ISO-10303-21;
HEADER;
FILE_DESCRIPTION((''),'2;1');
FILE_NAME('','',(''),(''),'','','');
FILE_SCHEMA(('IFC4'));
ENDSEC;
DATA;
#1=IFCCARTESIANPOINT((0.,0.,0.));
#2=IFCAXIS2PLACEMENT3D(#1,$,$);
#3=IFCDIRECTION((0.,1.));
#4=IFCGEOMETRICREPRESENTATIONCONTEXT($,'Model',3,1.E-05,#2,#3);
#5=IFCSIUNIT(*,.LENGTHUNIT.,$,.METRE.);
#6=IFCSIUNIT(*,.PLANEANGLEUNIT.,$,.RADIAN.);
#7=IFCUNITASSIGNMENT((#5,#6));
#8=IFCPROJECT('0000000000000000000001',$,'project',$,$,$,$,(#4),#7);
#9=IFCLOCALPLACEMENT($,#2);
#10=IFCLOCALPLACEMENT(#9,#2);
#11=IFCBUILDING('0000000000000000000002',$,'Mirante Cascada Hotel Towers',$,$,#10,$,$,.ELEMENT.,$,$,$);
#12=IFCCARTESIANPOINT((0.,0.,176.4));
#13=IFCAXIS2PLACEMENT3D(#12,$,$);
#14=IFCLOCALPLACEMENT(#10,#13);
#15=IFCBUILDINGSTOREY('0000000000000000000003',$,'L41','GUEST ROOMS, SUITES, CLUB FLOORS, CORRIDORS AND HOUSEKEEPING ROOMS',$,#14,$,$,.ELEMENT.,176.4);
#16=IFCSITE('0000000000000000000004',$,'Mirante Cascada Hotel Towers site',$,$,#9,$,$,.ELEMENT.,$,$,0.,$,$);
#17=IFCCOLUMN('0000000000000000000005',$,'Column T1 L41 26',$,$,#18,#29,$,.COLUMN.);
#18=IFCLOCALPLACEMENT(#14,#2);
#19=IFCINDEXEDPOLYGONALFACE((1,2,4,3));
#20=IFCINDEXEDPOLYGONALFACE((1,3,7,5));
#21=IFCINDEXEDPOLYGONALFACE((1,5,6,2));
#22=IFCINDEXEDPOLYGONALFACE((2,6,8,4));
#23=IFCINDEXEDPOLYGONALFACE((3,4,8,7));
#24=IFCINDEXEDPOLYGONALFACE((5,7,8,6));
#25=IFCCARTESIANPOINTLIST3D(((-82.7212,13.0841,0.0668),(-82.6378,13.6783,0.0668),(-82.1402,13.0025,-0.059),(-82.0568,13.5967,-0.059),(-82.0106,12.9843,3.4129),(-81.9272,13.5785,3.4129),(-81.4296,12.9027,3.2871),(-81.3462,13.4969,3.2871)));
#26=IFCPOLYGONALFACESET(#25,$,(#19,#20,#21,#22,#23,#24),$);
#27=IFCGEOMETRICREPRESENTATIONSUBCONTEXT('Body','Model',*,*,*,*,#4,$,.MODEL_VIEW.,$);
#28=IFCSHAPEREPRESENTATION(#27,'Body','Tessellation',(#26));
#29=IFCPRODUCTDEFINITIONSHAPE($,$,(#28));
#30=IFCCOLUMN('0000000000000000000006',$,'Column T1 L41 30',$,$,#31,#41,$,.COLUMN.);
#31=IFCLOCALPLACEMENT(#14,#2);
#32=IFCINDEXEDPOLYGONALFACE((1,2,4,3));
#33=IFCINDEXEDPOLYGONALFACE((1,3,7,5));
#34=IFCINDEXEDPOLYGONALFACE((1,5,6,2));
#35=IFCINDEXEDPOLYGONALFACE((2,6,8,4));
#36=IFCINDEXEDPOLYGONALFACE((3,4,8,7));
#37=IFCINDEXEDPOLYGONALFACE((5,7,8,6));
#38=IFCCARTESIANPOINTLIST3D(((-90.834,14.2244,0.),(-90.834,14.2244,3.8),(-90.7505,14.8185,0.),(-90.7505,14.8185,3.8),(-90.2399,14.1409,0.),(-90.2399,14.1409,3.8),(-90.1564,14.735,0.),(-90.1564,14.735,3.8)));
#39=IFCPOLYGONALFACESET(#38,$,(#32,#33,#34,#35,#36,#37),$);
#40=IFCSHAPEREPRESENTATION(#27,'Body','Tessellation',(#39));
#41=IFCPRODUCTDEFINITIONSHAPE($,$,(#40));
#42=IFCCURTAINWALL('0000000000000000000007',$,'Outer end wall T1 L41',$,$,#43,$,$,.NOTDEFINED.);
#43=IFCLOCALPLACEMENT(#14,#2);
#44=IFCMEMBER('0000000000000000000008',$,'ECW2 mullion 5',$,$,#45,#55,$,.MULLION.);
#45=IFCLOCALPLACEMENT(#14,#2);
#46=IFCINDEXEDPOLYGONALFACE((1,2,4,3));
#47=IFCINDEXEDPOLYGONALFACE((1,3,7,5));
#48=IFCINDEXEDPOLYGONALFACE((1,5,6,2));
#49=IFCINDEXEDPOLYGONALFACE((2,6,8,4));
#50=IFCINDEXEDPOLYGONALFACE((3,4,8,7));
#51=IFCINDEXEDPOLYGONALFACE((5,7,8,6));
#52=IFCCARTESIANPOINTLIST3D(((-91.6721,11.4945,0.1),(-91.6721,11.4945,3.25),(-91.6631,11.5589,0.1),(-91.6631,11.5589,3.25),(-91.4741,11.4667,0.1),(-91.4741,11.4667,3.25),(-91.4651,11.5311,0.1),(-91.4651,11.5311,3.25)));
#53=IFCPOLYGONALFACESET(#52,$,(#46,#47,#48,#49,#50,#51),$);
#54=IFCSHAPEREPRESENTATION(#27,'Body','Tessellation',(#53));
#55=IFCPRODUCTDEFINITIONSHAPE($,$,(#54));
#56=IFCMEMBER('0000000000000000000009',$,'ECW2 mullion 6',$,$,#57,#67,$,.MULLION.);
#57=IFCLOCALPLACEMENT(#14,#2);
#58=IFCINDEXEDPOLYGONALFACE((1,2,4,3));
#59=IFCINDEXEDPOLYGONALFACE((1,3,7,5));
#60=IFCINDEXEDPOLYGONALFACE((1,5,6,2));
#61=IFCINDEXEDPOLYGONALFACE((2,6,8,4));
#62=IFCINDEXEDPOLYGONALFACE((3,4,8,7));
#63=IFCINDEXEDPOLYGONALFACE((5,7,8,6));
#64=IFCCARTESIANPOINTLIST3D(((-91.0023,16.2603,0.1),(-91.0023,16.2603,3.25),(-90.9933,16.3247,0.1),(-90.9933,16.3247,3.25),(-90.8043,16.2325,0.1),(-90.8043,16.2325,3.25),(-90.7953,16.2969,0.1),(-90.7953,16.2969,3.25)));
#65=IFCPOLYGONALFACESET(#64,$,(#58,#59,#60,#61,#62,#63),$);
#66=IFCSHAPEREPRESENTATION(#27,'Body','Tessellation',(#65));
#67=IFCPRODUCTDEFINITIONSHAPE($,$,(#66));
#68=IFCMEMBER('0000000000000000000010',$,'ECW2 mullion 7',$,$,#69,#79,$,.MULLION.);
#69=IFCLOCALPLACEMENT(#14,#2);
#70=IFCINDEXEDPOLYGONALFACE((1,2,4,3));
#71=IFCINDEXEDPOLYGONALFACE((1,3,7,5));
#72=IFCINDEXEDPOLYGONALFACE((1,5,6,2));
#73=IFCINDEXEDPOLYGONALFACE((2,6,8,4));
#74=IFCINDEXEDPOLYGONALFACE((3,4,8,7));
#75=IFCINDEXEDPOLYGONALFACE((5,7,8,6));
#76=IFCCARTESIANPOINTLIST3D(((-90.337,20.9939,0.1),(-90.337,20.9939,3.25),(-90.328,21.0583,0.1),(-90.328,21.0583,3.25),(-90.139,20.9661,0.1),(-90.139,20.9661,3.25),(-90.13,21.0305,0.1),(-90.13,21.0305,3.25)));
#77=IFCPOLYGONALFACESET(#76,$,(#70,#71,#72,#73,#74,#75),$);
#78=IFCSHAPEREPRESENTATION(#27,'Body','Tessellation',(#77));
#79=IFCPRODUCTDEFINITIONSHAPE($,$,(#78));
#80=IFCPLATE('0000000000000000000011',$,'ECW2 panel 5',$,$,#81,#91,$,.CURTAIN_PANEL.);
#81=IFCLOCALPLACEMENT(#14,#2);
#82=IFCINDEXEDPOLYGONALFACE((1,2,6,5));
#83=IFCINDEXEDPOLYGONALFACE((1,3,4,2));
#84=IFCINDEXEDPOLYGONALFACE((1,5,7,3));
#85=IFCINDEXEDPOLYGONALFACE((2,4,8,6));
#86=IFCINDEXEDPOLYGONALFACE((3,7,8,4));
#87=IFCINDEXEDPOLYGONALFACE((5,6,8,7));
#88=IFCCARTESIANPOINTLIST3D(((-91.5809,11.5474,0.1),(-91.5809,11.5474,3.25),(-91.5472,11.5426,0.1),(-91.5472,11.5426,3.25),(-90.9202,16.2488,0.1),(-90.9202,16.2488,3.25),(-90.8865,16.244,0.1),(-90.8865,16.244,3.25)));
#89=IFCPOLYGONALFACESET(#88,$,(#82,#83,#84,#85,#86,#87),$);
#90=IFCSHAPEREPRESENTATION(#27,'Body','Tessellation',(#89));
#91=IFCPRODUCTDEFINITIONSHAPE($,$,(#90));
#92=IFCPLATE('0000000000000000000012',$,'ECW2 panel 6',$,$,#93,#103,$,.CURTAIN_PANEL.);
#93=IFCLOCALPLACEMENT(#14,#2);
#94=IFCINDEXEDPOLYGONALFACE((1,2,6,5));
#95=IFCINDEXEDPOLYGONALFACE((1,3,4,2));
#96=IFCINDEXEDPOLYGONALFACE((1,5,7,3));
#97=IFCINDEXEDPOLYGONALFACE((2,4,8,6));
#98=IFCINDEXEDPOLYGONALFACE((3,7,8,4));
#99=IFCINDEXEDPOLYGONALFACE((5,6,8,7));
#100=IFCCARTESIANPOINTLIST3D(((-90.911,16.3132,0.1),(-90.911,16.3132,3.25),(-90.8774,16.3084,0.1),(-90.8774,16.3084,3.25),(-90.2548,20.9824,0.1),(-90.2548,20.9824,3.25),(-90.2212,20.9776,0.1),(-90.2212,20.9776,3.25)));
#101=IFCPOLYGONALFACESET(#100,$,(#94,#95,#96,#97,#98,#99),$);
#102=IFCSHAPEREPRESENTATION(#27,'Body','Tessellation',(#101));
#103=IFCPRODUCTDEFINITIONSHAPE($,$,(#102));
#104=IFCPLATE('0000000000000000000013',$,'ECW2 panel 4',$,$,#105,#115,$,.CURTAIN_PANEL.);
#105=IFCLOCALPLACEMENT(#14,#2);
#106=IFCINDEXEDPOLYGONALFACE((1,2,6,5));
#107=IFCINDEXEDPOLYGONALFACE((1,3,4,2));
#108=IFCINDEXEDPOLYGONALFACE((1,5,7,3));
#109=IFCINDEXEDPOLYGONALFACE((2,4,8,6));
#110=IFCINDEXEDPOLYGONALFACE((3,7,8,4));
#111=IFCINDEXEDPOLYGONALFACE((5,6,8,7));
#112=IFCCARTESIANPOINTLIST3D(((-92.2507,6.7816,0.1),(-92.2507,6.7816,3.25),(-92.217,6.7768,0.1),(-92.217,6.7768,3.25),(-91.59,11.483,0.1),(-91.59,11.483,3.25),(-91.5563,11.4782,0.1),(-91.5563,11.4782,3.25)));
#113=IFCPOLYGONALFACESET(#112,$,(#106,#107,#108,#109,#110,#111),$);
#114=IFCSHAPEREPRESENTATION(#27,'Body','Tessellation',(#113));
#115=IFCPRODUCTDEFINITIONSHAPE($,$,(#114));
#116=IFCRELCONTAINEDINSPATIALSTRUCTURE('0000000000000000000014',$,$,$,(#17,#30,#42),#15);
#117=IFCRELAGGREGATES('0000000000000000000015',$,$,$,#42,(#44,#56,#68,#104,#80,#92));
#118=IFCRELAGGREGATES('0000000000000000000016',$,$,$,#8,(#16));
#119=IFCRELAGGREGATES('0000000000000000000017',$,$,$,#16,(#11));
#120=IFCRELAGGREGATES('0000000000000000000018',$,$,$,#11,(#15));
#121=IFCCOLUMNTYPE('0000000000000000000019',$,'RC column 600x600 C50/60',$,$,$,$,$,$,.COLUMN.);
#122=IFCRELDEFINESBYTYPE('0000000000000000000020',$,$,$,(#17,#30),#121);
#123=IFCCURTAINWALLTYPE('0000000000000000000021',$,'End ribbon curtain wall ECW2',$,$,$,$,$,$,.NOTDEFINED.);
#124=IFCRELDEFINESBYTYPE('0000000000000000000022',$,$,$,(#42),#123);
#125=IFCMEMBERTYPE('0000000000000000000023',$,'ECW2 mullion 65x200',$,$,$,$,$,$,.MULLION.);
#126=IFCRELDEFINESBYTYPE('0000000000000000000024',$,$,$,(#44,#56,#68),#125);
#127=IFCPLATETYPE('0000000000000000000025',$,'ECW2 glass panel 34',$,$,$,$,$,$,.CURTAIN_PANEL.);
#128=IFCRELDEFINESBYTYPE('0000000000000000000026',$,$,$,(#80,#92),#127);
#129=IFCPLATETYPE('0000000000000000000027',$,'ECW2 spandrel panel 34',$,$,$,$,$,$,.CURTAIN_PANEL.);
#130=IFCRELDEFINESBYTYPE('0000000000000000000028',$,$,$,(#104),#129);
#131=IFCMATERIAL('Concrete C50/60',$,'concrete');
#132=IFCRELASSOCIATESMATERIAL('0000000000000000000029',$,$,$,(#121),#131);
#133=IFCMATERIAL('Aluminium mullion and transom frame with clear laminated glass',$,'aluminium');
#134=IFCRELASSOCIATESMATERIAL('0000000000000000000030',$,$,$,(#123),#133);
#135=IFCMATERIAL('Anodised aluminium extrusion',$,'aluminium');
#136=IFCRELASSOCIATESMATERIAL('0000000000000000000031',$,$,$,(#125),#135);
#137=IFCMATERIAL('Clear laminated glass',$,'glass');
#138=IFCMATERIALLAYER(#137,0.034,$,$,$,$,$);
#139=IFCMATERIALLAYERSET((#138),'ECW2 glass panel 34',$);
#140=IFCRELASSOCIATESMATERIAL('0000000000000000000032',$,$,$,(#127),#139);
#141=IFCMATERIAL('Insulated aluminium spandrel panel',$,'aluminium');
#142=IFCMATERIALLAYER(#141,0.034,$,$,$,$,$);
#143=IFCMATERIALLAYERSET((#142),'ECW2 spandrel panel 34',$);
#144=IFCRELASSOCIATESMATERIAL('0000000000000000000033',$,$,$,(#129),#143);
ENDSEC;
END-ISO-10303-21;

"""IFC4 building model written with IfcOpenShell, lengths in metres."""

from ifc_helpers import new_model, si_unit, direction, frame, origin, origin_2d, place, context, subcontext, project, spatial, rectangle, extrude, material, layer, layer_set, material_profile, profile_set, type_object, element, aggregate, save


model = new_model("IFC4")

# Units and contexts
model_context = context("Model", 3, precision=1e-05, world=origin(), true_north=direction((0.0, 1.0)))
body_context = subcontext(model_context, "Body", "Model", "MODEL_VIEW")
ifc_project = project(units=[si_unit("LENGTHUNIT", "METRE"), si_unit("PLANEANGLEUNIT", "RADIAN")], contexts=[model_context])

# Site, building, storey
site_placement = place(None, origin())
site = spatial("IfcSite", under=ifc_project, at=site_placement, Name="Mirante Cascada Hotel Towers site", CompositionType="ELEMENT", RefElevation=0.0)
building_placement = place(site_placement, origin())
building = spatial("IfcBuilding", under=site, at=building_placement, Name="Mirante Cascada Hotel Towers", CompositionType="ELEMENT")
storey_placement = place(building_placement, frame((0.0, 0.0, 176.4)))
storey = spatial("IfcBuildingStorey", under=building, at=storey_placement, Name="L41", Description="GUEST ROOMS, SUITES, CLUB FLOORS, CORRIDORS AND HOUSEKEEPING ROOMS", CompositionType="ELEMENT", Elevation=176.4)

# Columns
ifc_material_1 = material(Name="Concrete C50/60", Category="concrete")
ifc_material_profile_1 = material_profile(ifc_material_1, rectangle(XDim=0.6, YDim=0.6, at=origin_2d()), Name="RC column 600x600 C50/60")
ifc_profile_set_1 = profile_set([ifc_material_profile_1], Name="Concrete C50/60")
column_type = type_object("IfcColumnType", Name="RC column 600x600 C50/60", PredefinedType="COLUMN", material=ifc_profile_set_1)
column_1_placement = place(storey_placement, frame((-82.389, 13.3404, 0.0039), z_axis=(0.207646, -0.029163, 0.977769), x_axis=(0.13908, 0.990281, 0.0)))
element("IfcColumn", 1, at=column_1_placement, inside=storey, type_object=column_type, Name="Column T1 L41 26", PredefinedType="COLUMN", context=body_context, shape_type="SweptSolid", body=[
    extrude(rectangle(XDim=0.6, YDim=0.6, at=origin_2d()), origin(), (0.0, 0.0, 1.0), 3.4222),
])
column_2_placement = place(storey_placement, frame((-90.4952, 14.4797, 0.0), z_axis=(0.0, 0.0, 1.0), x_axis=(-0.990268, 0.139173, 0.0)))
element("IfcColumn", 2, at=column_2_placement, inside=storey, type_object=column_type, Name="Column T1 L41 30", PredefinedType="COLUMN", context=body_context, shape_type="SweptSolid", body=[
    extrude(rectangle(XDim=0.6, YDim=0.6, at=origin_2d()), origin(), (0.0, 0.0, 1.0), 3.8),
])

# Curtain wall, members, plates
ifc_material_2 = material(Name="Aluminium mullion and transom frame with clear laminated glass", Category="aluminium")
curtain_wall_type = type_object("IfcCurtainWallType", Name="End ribbon curtain wall ECW2", PredefinedType="NOTDEFINED", material=ifc_material_2)
curtain_wall_placement = place(storey_placement, origin())
curtain_wall = element("IfcCurtainWall", 3, at=curtain_wall_placement, inside=storey, type_object=curtain_wall_type, Name="Outer end wall T1 L41", PredefinedType="NOTDEFINED")
ifc_material_3 = material(Name="Anodised aluminium extrusion", Category="aluminium")
ifc_material_profile_2 = material_profile(ifc_material_3, rectangle(XDim=0.2, YDim=0.065, at=origin_2d()), Name="ECW2 MULLION 65x200")
ifc_profile_set_2 = profile_set([ifc_material_profile_2], Name="Anodised aluminium extrusion")
member_type = type_object("IfcMemberType", Name="ECW2 mullion 65x200", PredefinedType="MULLION", material=ifc_profile_set_2)
member_1_placement = place(storey_placement, frame((-91.5686, 11.5128, 0.1), z_axis=(0.0, 0.0, 1.0), x_axis=(-0.990268, 0.139173, 0.0)))
member_1 = element("IfcMember", 4, at=member_1_placement, type_object=member_type, Name="ECW2 mullion 5", PredefinedType="MULLION", context=body_context, shape_type="SweptSolid", body=[
    extrude(rectangle(XDim=0.2, YDim=0.065, at=origin_2d()), origin(), (0.0, 0.0, 1.0), 3.15),
])
member_2_placement = place(storey_placement, frame((-90.8988, 16.2786, 0.1), z_axis=(0.0, 0.0, 1.0), x_axis=(-0.990268, 0.139173, 0.0)))
member_2 = element("IfcMember", 5, at=member_2_placement, type_object=member_type, Name="ECW2 mullion 6", PredefinedType="MULLION", context=body_context, shape_type="SweptSolid", body=[
    extrude(rectangle(XDim=0.2, YDim=0.065, at=origin_2d()), origin(), (0.0, 0.0, 1.0), 3.15),
])
member_3_placement = place(storey_placement, frame((-90.2335, 21.0122, 0.1), z_axis=(0.0, 0.0, 1.0), x_axis=(-0.990268, 0.139173, 0.0)))
member_3 = element("IfcMember", 6, at=member_3_placement, type_object=member_type, Name="ECW2 mullion 7", PredefinedType="MULLION", context=body_context, shape_type="SweptSolid", body=[
    extrude(rectangle(XDim=0.2, YDim=0.065, at=origin_2d()), origin(), (0.0, 0.0, 1.0), 3.15),
])
ifc_material_4 = material(Name="Clear laminated glass", Category="glass")
ifc_layer_1 = layer(ifc_material_4, 0.034)
ifc_layer_set_1 = layer_set([ifc_layer_1], Name="ECW2 glass panel 34")
plate_type_1 = type_object("IfcPlateType", Name="ECW2 glass panel 34", PredefinedType="CURTAIN_PANEL", material=ifc_layer_set_1)
plate_1_placement = place(storey_placement, frame((-91.2337, 13.8957, 0.1), z_axis=(0.0, 0.0, 1.0), x_axis=(0.139173, 0.990268, 0.0)))
plate_1 = element("IfcPlate", 7, at=plate_1_placement, type_object=plate_type_1, Name="ECW2 panel 5", PredefinedType="CURTAIN_PANEL", context=body_context, shape_type="SweptSolid", body=[
    extrude(rectangle(XDim=4.7476, YDim=0.034, at=origin_2d()), origin(), (0.0, 0.0, 1.0), 3.15),
])
plate_2_placement = place(storey_placement, frame((-90.5661, 18.6454, 0.1), z_axis=(0.0, 0.0, 1.0), x_axis=(0.139173, 0.990268, 0.0)))
plate_2 = element("IfcPlate", 8, at=plate_2_placement, type_object=plate_type_1, Name="ECW2 panel 6", PredefinedType="CURTAIN_PANEL", context=body_context, shape_type="SweptSolid", body=[
    extrude(rectangle(XDim=4.7151, YDim=0.034, at=origin_2d()), origin(), (0.0, 0.0, 1.0), 3.15),
])
ifc_material_5 = material(Name="Insulated aluminium spandrel panel", Category="aluminium")
ifc_layer_2 = layer(ifc_material_5, 0.034)
ifc_layer_set_2 = layer_set([ifc_layer_2], Name="ECW2 spandrel panel 34")
plate_type_2 = type_object("IfcPlateType", Name="ECW2 spandrel panel 34", PredefinedType="CURTAIN_PANEL", material=ifc_layer_set_2)
plate_3_placement = place(storey_placement, frame((-91.9035, 9.1299, 0.1), z_axis=(0.0, 0.0, 1.0), x_axis=(0.139173, 0.990268, 0.0)))
plate_3 = element("IfcPlate", 9, at=plate_3_placement, type_object=plate_type_2, Name="ECW2 panel 4", PredefinedType="CURTAIN_PANEL", context=body_context, shape_type="SweptSolid", body=[
    extrude(rectangle(XDim=4.7476, YDim=0.034, at=origin_2d()), origin(), (0.0, 0.0, 1.0), 3.15),
])
aggregate(curtain_wall, [member_1, member_2, member_3, plate_3, plate_1, plate_2])

save(model, "model.ifc")
